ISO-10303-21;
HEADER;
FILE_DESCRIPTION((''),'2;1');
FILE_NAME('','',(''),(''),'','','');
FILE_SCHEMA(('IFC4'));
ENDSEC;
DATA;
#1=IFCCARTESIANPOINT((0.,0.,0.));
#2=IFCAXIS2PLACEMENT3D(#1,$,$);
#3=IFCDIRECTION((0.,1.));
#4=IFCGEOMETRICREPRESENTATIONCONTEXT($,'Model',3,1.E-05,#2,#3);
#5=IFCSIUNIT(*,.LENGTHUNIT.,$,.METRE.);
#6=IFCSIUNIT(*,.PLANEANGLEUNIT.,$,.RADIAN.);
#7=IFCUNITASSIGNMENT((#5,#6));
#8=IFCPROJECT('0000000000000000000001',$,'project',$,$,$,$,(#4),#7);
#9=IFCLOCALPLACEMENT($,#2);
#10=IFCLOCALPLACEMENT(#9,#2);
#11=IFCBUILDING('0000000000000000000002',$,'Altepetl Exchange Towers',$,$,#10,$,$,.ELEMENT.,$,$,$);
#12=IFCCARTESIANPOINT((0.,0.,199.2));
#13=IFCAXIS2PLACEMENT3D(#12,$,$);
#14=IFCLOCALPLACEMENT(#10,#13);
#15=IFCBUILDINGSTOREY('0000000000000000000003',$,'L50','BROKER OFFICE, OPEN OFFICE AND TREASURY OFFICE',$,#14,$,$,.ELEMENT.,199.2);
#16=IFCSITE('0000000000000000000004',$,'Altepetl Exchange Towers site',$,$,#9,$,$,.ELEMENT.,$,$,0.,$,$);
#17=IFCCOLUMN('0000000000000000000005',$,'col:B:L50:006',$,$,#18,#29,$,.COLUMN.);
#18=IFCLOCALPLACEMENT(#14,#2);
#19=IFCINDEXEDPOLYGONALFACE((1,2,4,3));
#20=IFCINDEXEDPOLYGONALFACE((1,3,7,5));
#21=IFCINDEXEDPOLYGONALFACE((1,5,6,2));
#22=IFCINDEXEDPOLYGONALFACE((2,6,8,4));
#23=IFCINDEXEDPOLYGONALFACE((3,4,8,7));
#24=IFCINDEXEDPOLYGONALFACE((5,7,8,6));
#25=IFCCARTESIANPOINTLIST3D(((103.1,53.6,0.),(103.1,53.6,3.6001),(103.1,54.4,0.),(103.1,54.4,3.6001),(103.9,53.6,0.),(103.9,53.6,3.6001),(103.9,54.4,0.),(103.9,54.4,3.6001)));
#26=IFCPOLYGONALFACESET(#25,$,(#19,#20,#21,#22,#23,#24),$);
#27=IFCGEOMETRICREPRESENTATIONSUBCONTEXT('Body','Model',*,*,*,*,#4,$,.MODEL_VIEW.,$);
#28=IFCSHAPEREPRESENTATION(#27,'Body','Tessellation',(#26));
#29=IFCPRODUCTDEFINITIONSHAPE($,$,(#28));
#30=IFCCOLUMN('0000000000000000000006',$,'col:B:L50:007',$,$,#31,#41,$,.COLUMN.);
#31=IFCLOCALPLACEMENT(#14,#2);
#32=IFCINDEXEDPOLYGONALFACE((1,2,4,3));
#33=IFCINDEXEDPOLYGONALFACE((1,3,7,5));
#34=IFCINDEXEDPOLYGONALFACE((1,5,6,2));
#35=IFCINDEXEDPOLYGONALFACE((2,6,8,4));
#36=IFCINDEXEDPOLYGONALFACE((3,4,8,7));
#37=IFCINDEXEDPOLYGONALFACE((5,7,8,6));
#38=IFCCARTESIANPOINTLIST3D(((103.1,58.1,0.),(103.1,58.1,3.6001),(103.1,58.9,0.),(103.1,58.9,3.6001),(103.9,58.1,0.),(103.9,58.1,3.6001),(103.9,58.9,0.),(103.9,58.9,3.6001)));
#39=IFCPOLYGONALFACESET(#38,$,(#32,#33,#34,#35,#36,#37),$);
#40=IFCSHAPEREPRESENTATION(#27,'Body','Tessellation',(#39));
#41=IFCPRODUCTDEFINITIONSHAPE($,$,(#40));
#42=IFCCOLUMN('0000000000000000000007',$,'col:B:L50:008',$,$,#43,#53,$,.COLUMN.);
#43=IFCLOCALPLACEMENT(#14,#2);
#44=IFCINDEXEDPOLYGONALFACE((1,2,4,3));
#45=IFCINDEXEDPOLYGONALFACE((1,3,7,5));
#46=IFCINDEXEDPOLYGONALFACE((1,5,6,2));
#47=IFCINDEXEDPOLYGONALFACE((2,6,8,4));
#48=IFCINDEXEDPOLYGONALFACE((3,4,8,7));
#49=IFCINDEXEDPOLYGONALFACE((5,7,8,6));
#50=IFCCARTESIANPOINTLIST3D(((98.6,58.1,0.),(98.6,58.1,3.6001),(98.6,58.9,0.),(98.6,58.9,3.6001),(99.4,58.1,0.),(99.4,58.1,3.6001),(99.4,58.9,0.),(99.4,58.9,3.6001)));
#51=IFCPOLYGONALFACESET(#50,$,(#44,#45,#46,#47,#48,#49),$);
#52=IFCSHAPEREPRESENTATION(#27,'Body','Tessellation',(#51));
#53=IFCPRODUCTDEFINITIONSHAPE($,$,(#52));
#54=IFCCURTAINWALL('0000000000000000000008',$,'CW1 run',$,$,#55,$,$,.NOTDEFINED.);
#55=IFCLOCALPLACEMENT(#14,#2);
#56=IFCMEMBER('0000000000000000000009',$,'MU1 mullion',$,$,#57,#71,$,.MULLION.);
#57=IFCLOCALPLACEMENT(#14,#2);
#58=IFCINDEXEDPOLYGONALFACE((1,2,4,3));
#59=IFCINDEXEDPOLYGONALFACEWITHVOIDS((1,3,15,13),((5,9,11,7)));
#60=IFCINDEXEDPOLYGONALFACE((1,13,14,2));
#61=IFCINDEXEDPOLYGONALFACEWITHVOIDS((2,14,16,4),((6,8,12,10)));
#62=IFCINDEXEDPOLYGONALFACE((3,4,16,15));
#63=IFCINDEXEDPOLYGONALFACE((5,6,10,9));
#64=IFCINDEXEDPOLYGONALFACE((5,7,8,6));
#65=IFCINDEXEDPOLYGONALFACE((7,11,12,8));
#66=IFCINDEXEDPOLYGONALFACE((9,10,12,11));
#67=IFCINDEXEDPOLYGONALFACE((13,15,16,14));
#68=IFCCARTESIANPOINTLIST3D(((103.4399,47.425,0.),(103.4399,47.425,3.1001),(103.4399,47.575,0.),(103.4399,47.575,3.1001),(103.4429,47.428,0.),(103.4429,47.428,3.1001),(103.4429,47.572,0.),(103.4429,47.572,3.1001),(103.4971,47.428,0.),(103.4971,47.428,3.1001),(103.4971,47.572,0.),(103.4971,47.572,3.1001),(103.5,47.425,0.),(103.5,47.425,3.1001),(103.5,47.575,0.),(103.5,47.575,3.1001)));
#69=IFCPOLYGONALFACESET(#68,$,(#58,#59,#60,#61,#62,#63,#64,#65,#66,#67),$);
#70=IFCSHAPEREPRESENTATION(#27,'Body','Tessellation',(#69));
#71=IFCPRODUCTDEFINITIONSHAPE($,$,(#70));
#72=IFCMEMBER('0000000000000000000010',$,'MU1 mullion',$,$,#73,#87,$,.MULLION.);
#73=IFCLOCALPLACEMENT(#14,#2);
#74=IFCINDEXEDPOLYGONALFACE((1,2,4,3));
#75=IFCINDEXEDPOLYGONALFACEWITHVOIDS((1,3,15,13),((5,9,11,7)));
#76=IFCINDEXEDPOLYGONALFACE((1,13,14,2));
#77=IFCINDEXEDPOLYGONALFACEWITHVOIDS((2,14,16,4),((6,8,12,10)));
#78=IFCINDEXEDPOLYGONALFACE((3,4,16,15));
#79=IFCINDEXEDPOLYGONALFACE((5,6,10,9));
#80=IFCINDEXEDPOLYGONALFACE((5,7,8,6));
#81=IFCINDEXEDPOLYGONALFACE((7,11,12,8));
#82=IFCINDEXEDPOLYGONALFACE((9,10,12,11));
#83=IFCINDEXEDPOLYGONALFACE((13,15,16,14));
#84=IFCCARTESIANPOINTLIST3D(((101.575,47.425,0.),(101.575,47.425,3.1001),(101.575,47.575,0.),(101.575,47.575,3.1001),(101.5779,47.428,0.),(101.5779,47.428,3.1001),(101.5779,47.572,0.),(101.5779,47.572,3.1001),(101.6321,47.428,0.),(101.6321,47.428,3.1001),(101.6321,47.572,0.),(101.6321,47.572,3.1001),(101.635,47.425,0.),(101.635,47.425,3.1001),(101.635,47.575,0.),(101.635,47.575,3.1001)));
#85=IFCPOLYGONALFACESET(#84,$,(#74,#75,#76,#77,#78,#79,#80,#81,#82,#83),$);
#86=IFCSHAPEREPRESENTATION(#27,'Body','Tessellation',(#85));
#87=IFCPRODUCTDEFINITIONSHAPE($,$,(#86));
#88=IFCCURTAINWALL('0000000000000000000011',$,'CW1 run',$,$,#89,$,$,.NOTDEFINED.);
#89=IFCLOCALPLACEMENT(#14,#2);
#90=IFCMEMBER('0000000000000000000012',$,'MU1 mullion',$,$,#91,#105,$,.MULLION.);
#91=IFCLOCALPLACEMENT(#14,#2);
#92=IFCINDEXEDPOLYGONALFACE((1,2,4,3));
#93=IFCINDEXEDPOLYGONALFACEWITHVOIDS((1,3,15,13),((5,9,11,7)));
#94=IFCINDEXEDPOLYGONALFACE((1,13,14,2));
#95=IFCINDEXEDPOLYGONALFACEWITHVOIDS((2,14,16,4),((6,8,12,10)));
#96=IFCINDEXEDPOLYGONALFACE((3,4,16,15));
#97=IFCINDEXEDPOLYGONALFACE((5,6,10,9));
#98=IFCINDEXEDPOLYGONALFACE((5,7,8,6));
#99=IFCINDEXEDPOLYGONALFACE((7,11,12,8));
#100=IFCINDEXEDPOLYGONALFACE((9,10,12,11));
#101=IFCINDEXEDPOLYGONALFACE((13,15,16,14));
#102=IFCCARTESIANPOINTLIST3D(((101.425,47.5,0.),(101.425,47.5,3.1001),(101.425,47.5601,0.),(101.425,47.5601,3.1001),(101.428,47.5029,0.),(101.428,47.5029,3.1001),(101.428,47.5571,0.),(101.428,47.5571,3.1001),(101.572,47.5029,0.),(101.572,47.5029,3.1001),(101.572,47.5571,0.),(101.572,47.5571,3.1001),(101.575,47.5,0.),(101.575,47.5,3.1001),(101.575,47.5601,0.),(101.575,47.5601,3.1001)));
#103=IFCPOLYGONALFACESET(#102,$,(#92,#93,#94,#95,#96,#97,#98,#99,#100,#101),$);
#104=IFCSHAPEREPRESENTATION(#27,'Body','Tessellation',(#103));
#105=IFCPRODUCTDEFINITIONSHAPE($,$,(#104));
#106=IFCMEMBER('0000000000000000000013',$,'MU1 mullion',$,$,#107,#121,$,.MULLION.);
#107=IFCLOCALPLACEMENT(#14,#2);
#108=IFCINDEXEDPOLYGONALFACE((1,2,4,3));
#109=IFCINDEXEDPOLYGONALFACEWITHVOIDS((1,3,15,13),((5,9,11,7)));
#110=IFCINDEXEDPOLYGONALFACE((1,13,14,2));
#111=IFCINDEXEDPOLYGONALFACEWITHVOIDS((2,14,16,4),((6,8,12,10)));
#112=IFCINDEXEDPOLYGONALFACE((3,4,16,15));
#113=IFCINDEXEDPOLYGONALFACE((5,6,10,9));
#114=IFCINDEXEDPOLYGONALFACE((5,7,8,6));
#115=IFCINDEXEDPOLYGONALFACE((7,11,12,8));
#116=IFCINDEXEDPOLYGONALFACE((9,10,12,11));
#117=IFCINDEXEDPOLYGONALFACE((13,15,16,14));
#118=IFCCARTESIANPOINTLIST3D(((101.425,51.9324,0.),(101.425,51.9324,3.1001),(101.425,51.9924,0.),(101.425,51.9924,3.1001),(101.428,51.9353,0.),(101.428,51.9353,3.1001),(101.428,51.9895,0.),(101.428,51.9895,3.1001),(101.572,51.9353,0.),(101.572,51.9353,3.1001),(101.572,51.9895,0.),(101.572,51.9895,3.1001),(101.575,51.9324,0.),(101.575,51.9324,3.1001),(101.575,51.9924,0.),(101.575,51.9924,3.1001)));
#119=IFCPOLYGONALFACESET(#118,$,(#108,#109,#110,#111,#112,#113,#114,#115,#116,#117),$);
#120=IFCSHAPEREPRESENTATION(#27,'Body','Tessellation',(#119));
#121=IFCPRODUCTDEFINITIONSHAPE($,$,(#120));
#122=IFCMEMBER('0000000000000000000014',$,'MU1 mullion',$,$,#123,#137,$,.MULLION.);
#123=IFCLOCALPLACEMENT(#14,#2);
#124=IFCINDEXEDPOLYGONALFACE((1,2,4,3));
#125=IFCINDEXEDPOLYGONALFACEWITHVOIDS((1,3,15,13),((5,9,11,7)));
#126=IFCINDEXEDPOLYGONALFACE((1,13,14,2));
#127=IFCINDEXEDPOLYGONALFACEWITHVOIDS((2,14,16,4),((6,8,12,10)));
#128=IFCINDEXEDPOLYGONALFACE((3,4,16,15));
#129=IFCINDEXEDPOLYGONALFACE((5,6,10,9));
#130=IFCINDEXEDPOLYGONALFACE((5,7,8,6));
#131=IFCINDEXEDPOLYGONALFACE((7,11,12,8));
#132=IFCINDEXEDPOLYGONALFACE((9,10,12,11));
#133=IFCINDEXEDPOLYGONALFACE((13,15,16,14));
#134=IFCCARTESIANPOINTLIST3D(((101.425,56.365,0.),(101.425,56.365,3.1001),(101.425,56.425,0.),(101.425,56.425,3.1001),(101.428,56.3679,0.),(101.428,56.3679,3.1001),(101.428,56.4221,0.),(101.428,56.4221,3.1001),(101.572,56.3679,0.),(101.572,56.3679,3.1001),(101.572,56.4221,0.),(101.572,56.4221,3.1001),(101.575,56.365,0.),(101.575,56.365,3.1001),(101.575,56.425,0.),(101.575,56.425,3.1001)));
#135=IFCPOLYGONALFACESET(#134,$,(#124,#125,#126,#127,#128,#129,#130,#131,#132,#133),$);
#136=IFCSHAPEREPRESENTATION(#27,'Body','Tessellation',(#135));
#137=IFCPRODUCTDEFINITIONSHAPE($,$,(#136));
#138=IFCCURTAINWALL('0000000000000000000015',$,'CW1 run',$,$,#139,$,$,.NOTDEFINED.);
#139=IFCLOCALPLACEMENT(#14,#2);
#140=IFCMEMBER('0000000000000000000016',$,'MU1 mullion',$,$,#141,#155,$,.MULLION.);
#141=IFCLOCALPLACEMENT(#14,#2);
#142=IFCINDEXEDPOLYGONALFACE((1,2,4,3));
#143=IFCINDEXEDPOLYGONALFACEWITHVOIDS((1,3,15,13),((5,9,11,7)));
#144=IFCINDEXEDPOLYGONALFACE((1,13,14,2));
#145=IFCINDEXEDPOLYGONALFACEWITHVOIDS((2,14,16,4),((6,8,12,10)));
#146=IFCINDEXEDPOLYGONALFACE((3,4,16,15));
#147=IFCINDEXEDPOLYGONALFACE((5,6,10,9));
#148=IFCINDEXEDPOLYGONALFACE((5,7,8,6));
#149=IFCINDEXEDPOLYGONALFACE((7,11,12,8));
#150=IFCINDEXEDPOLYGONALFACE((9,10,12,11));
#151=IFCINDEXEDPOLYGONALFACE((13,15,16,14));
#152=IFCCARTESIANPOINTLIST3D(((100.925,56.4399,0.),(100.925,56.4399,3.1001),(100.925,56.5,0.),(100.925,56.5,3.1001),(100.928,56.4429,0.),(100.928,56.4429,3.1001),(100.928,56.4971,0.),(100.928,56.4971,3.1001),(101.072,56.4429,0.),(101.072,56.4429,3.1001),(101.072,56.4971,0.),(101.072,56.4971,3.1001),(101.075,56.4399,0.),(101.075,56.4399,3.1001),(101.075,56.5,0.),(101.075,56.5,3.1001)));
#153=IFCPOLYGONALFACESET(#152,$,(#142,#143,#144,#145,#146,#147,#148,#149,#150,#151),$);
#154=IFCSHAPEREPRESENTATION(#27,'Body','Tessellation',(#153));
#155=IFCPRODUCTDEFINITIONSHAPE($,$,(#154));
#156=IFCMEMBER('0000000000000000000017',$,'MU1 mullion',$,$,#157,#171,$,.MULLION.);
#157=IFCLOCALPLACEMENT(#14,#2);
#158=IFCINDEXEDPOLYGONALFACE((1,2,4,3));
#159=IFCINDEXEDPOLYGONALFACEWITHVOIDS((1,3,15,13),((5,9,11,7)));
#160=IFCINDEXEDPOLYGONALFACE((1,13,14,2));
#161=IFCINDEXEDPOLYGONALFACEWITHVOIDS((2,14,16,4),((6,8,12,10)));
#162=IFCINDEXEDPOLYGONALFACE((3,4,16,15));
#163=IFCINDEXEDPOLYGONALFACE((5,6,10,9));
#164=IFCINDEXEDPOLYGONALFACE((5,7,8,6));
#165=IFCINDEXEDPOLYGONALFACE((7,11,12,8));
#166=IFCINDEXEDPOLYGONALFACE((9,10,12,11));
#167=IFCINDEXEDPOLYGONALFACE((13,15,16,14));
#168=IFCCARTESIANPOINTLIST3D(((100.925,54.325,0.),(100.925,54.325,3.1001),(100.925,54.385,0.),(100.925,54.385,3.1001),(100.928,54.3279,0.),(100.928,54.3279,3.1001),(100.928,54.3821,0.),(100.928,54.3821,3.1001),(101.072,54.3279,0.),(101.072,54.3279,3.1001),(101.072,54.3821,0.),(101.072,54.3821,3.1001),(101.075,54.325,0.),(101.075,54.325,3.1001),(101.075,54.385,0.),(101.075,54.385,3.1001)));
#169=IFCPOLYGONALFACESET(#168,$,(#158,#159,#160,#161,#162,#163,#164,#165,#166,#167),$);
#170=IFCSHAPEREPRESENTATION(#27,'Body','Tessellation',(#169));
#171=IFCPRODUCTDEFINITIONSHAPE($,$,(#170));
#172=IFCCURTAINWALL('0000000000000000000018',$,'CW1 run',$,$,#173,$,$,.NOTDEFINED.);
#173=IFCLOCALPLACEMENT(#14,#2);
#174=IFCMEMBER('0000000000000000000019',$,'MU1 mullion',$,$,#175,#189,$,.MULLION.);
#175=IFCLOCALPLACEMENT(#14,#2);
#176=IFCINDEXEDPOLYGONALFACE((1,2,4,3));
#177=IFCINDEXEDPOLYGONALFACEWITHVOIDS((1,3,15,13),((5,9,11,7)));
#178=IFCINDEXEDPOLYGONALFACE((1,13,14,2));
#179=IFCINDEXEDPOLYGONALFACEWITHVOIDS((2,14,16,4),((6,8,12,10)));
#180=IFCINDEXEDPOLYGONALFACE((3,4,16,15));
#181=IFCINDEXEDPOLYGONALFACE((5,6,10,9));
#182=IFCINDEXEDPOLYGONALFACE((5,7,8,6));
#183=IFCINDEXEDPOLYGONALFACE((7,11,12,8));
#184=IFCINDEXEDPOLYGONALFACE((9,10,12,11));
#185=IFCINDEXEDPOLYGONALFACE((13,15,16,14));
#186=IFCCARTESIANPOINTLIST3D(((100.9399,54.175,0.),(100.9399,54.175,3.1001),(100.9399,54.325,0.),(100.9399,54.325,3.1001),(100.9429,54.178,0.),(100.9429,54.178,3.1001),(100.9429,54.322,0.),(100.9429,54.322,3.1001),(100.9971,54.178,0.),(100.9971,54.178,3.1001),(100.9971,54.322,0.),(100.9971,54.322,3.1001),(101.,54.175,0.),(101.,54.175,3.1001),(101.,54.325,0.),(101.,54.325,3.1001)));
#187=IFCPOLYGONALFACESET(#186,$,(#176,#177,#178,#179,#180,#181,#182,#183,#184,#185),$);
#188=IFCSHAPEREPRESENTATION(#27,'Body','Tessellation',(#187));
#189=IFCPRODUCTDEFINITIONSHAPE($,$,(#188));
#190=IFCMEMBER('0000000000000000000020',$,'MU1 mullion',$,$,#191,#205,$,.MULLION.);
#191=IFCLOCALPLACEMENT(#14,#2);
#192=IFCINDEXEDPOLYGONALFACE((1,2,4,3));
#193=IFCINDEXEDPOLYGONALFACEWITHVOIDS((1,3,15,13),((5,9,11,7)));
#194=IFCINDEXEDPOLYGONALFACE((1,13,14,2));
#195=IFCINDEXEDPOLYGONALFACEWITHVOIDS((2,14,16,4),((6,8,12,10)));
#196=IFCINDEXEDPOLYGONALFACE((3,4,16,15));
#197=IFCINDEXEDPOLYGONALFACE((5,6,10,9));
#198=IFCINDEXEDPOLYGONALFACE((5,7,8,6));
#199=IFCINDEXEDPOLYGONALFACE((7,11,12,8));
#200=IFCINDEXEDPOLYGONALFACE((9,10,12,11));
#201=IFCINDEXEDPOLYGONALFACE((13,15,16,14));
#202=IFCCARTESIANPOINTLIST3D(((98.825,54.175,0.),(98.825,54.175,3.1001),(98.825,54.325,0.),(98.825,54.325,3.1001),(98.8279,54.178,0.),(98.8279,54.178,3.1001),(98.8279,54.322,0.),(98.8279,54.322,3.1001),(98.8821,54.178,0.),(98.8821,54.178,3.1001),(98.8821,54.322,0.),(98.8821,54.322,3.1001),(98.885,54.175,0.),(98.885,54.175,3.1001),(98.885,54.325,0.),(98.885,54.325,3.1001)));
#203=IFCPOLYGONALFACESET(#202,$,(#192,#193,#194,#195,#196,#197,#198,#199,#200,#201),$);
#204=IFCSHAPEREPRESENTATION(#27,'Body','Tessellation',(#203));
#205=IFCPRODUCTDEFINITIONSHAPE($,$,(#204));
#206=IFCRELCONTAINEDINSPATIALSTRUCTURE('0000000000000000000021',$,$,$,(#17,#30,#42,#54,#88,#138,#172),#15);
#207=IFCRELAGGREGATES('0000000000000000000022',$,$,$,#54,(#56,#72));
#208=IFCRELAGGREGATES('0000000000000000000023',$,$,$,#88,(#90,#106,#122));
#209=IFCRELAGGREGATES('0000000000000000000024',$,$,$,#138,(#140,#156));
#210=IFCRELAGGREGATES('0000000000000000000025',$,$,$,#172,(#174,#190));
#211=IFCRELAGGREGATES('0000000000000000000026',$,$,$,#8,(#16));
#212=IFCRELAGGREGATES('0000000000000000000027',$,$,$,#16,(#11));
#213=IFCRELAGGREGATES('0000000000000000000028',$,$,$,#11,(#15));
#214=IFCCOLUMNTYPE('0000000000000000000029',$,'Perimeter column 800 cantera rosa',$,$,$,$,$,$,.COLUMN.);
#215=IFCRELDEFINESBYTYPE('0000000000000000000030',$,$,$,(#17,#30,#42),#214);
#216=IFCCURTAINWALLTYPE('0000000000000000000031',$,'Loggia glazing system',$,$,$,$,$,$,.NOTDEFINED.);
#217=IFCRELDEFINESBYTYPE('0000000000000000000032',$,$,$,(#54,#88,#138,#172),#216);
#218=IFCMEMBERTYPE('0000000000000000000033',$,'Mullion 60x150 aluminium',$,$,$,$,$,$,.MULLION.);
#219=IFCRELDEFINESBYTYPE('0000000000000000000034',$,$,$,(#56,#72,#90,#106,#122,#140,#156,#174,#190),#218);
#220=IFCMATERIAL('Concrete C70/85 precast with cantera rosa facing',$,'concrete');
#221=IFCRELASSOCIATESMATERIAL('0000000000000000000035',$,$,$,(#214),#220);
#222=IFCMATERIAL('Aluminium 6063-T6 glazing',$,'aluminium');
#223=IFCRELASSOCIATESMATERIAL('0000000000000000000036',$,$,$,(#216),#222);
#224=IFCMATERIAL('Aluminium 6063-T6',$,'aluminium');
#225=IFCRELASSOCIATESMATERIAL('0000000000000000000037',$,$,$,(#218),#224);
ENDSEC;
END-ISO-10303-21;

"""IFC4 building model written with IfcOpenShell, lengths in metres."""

from ifc_helpers import new_model, si_unit, direction, frame, origin, origin_2d, place, context, subcontext, project, spatial, rectangle, hollow_rectangle, extrude, material, material_profile, profile_set, type_object, element, aggregate, save


model = new_model("IFC4")

# Units and contexts
model_context = context("Model", 3, precision=1e-05, world=origin(), true_north=direction((0.0, 1.0)))
body_context = subcontext(model_context, "Body", "Model", "MODEL_VIEW")
ifc_project = project(units=[si_unit("LENGTHUNIT", "METRE"), si_unit("PLANEANGLEUNIT", "RADIAN")], contexts=[model_context])

# Site, building, storey
site_placement = place(None, origin())
site = spatial("IfcSite", under=ifc_project, at=site_placement, Name="Altepetl Exchange Towers site", CompositionType="ELEMENT", RefElevation=0.0)
building_placement = place(site_placement, origin())
building = spatial("IfcBuilding", under=site, at=building_placement, Name="Altepetl Exchange Towers", CompositionType="ELEMENT")
storey_placement = place(building_placement, frame((0.0, 0.0, 199.2)))
storey = spatial("IfcBuildingStorey", under=building, at=storey_placement, Name="L50", Description="BROKER OFFICE, OPEN OFFICE AND TREASURY OFFICE", CompositionType="ELEMENT", Elevation=199.2)

# Columns
ifc_material_1 = material(Name="Concrete C70/85 precast with cantera rosa facing", Category="concrete")
ifc_material_profile_1 = material_profile(ifc_material_1, rectangle(XDim=0.8, YDim=0.8, at=origin_2d()), Name="800 x 800")
ifc_profile_set_1 = profile_set([ifc_material_profile_1], Name="Concrete C70/85 precast with cantera rosa facing")
column_type = type_object("IfcColumnType", Name="Perimeter column 800 cantera rosa", PredefinedType="COLUMN", material=ifc_profile_set_1)
for number, where, name in (
    (1, (103.5, 54.0, 0.0), "col:B:L50:006"),
    (2, (103.5, 58.5, 0.0), "col:B:L50:007"),
    (3, (99.0, 58.5, 0.0), "col:B:L50:008"),
):
    element("IfcColumn", number, at=place(storey_placement, frame(where)), inside=storey, type_object=column_type, Name=name, PredefinedType="COLUMN", context=body_context, shape_type="SweptSolid", body=[
        extrude(rectangle(XDim=0.8, YDim=0.8, at=origin_2d()), origin(), (0.0, 0.0, 1.0), 3.6001),
    ])

# Curtain walls, members
ifc_material_2 = material(Name="Aluminium 6063-T6 glazing", Category="aluminium")
curtain_wall_type = type_object("IfcCurtainWallType", Name="Loggia glazing system", PredefinedType="NOTDEFINED", material=ifc_material_2)
curtain_wall_1_placement = place(storey_placement, origin())
curtain_wall_1 = element("IfcCurtainWall", 4, at=curtain_wall_1_placement, inside=storey, type_object=curtain_wall_type, Name="CW1 run", PredefinedType="NOTDEFINED")
ifc_material_3 = material(Name="Aluminium 6063-T6", Category="aluminium")
ifc_material_profile_2 = material_profile(ifc_material_3, hollow_rectangle(XDim=0.0601, YDim=0.1499, WallThickness=0.0029, at=origin_2d()), Name="Mullion 60x150 aluminium")
ifc_profile_set_2 = profile_set([ifc_material_profile_2], Name="Aluminium 6063-T6")
member_type = type_object("IfcMemberType", Name="Mullion 60x150 aluminium", PredefinedType="MULLION", material=ifc_profile_set_2)
member_1_placement = place(storey_placement, frame((103.47, 47.5, 0.0), z_axis=(0.0, 0.0, 1.0), x_axis=(-1.0, 0.0, 0.0)))
member_1 = element("IfcMember", 5, at=member_1_placement, type_object=member_type, Name="MU1 mullion", PredefinedType="MULLION", context=body_context, shape_type="SweptSolid", body=[
    extrude(hollow_rectangle(XDim=0.0601, YDim=0.1499, WallThickness=0.0029, at=origin_2d()), origin(), (0.0, 0.0, 1.0), 3.1001),
])
member_2_placement = place(storey_placement, frame((101.605, 47.5, 0.0), z_axis=(0.0, 0.0, 1.0), x_axis=(-1.0, 0.0, 0.0)))
member_2 = element("IfcMember", 6, at=member_2_placement, type_object=member_type, Name="MU1 mullion", PredefinedType="MULLION", context=body_context, shape_type="SweptSolid", body=[
    extrude(hollow_rectangle(XDim=0.0601, YDim=0.1499, WallThickness=0.0029, at=origin_2d()), origin(), (0.0, 0.0, 1.0), 3.1001),
])
curtain_wall_2_placement = place(storey_placement, origin())
curtain_wall_2 = element("IfcCurtainWall", 7, at=curtain_wall_2_placement, inside=storey, type_object=curtain_wall_type, Name="CW1 run", PredefinedType="NOTDEFINED")
member_3_placement = place(storey_placement, frame((101.5, 47.53, 0.0), z_axis=(0.0, 0.0, 1.0), x_axis=(0.0, 1.0, 0.0)))
member_3 = element("IfcMember", 8, at=member_3_placement, type_object=member_type, Name="MU1 mullion", PredefinedType="MULLION", context=body_context, shape_type="SweptSolid", body=[
    extrude(hollow_rectangle(XDim=0.0601, YDim=0.1499, WallThickness=0.0029, at=origin_2d()), origin(), (0.0, 0.0, 1.0), 3.1001),
])
member_4_placement = place(storey_placement, frame((101.5, 51.9624, 0.0), z_axis=(0.0, 0.0, 1.0), x_axis=(0.0, 1.0, 0.0)))
member_4 = element("IfcMember", 9, at=member_4_placement, type_object=member_type, Name="MU1 mullion", PredefinedType="MULLION", context=body_context, shape_type="SweptSolid", body=[
    extrude(hollow_rectangle(XDim=0.0601, YDim=0.1499, WallThickness=0.0029, at=origin_2d()), origin(), (0.0, 0.0, 1.0), 3.1001),
])
member_5_placement = place(storey_placement, frame((101.5, 56.395, 0.0), z_axis=(0.0, 0.0, 1.0), x_axis=(0.0, 1.0, 0.0)))
member_5 = element("IfcMember", 10, at=member_5_placement, type_object=member_type, Name="MU1 mullion", PredefinedType="MULLION", context=body_context, shape_type="SweptSolid", body=[
    extrude(hollow_rectangle(XDim=0.0601, YDim=0.1499, WallThickness=0.0029, at=origin_2d()), origin(), (0.0, 0.0, 1.0), 3.1001),
])
curtain_wall_3_placement = place(storey_placement, origin())
curtain_wall_3 = element("IfcCurtainWall", 11, at=curtain_wall_3_placement, inside=storey, type_object=curtain_wall_type, Name="CW1 run", PredefinedType="NOTDEFINED")
member_6_placement = place(storey_placement, frame((101.0, 56.47, 0.0), z_axis=(0.0, 0.0, 1.0), x_axis=(0.0, -1.0, 0.0)))
member_6 = element("IfcMember", 12, at=member_6_placement, type_object=member_type, Name="MU1 mullion", PredefinedType="MULLION", context=body_context, shape_type="SweptSolid", body=[
    extrude(hollow_rectangle(XDim=0.0601, YDim=0.1499, WallThickness=0.0029, at=origin_2d()), origin(), (0.0, 0.0, 1.0), 3.1001),
])
member_7_placement = place(storey_placement, frame((101.0, 54.355, 0.0), z_axis=(0.0, 0.0, 1.0), x_axis=(0.0, -1.0, 0.0)))
member_7 = element("IfcMember", 13, at=member_7_placement, type_object=member_type, Name="MU1 mullion", PredefinedType="MULLION", context=body_context, shape_type="SweptSolid", body=[
    extrude(hollow_rectangle(XDim=0.0601, YDim=0.1499, WallThickness=0.0029, at=origin_2d()), origin(), (0.0, 0.0, 1.0), 3.1001),
])
curtain_wall_4_placement = place(storey_placement, origin())
curtain_wall_4 = element("IfcCurtainWall", 14, at=curtain_wall_4_placement, inside=storey, type_object=curtain_wall_type, Name="CW1 run", PredefinedType="NOTDEFINED")
member_8_placement = place(storey_placement, frame((100.97, 54.25, 0.0), z_axis=(0.0, 0.0, 1.0), x_axis=(-1.0, 0.0, 0.0)))
member_8 = element("IfcMember", 15, at=member_8_placement, type_object=member_type, Name="MU1 mullion", PredefinedType="MULLION", context=body_context, shape_type="SweptSolid", body=[
    extrude(hollow_rectangle(XDim=0.0601, YDim=0.1499, WallThickness=0.0029, at=origin_2d()), origin(), (0.0, 0.0, 1.0), 3.1001),
])
member_9_placement = place(storey_placement, frame((98.855, 54.25, 0.0), z_axis=(0.0, 0.0, 1.0), x_axis=(-1.0, 0.0, 0.0)))
member_9 = element("IfcMember", 16, at=member_9_placement, type_object=member_type, Name="MU1 mullion", PredefinedType="MULLION", context=body_context, shape_type="SweptSolid", body=[
    extrude(hollow_rectangle(XDim=0.0601, YDim=0.1499, WallThickness=0.0029, at=origin_2d()), origin(), (0.0, 0.0, 1.0), 3.1001),
])

aggregate(curtain_wall_1, [member_1, member_2])
aggregate(curtain_wall_2, [member_3, member_4, member_5])
aggregate(curtain_wall_3, [member_6, member_7])
aggregate(curtain_wall_4, [member_8, member_9])

save(model, "model.ifc")
